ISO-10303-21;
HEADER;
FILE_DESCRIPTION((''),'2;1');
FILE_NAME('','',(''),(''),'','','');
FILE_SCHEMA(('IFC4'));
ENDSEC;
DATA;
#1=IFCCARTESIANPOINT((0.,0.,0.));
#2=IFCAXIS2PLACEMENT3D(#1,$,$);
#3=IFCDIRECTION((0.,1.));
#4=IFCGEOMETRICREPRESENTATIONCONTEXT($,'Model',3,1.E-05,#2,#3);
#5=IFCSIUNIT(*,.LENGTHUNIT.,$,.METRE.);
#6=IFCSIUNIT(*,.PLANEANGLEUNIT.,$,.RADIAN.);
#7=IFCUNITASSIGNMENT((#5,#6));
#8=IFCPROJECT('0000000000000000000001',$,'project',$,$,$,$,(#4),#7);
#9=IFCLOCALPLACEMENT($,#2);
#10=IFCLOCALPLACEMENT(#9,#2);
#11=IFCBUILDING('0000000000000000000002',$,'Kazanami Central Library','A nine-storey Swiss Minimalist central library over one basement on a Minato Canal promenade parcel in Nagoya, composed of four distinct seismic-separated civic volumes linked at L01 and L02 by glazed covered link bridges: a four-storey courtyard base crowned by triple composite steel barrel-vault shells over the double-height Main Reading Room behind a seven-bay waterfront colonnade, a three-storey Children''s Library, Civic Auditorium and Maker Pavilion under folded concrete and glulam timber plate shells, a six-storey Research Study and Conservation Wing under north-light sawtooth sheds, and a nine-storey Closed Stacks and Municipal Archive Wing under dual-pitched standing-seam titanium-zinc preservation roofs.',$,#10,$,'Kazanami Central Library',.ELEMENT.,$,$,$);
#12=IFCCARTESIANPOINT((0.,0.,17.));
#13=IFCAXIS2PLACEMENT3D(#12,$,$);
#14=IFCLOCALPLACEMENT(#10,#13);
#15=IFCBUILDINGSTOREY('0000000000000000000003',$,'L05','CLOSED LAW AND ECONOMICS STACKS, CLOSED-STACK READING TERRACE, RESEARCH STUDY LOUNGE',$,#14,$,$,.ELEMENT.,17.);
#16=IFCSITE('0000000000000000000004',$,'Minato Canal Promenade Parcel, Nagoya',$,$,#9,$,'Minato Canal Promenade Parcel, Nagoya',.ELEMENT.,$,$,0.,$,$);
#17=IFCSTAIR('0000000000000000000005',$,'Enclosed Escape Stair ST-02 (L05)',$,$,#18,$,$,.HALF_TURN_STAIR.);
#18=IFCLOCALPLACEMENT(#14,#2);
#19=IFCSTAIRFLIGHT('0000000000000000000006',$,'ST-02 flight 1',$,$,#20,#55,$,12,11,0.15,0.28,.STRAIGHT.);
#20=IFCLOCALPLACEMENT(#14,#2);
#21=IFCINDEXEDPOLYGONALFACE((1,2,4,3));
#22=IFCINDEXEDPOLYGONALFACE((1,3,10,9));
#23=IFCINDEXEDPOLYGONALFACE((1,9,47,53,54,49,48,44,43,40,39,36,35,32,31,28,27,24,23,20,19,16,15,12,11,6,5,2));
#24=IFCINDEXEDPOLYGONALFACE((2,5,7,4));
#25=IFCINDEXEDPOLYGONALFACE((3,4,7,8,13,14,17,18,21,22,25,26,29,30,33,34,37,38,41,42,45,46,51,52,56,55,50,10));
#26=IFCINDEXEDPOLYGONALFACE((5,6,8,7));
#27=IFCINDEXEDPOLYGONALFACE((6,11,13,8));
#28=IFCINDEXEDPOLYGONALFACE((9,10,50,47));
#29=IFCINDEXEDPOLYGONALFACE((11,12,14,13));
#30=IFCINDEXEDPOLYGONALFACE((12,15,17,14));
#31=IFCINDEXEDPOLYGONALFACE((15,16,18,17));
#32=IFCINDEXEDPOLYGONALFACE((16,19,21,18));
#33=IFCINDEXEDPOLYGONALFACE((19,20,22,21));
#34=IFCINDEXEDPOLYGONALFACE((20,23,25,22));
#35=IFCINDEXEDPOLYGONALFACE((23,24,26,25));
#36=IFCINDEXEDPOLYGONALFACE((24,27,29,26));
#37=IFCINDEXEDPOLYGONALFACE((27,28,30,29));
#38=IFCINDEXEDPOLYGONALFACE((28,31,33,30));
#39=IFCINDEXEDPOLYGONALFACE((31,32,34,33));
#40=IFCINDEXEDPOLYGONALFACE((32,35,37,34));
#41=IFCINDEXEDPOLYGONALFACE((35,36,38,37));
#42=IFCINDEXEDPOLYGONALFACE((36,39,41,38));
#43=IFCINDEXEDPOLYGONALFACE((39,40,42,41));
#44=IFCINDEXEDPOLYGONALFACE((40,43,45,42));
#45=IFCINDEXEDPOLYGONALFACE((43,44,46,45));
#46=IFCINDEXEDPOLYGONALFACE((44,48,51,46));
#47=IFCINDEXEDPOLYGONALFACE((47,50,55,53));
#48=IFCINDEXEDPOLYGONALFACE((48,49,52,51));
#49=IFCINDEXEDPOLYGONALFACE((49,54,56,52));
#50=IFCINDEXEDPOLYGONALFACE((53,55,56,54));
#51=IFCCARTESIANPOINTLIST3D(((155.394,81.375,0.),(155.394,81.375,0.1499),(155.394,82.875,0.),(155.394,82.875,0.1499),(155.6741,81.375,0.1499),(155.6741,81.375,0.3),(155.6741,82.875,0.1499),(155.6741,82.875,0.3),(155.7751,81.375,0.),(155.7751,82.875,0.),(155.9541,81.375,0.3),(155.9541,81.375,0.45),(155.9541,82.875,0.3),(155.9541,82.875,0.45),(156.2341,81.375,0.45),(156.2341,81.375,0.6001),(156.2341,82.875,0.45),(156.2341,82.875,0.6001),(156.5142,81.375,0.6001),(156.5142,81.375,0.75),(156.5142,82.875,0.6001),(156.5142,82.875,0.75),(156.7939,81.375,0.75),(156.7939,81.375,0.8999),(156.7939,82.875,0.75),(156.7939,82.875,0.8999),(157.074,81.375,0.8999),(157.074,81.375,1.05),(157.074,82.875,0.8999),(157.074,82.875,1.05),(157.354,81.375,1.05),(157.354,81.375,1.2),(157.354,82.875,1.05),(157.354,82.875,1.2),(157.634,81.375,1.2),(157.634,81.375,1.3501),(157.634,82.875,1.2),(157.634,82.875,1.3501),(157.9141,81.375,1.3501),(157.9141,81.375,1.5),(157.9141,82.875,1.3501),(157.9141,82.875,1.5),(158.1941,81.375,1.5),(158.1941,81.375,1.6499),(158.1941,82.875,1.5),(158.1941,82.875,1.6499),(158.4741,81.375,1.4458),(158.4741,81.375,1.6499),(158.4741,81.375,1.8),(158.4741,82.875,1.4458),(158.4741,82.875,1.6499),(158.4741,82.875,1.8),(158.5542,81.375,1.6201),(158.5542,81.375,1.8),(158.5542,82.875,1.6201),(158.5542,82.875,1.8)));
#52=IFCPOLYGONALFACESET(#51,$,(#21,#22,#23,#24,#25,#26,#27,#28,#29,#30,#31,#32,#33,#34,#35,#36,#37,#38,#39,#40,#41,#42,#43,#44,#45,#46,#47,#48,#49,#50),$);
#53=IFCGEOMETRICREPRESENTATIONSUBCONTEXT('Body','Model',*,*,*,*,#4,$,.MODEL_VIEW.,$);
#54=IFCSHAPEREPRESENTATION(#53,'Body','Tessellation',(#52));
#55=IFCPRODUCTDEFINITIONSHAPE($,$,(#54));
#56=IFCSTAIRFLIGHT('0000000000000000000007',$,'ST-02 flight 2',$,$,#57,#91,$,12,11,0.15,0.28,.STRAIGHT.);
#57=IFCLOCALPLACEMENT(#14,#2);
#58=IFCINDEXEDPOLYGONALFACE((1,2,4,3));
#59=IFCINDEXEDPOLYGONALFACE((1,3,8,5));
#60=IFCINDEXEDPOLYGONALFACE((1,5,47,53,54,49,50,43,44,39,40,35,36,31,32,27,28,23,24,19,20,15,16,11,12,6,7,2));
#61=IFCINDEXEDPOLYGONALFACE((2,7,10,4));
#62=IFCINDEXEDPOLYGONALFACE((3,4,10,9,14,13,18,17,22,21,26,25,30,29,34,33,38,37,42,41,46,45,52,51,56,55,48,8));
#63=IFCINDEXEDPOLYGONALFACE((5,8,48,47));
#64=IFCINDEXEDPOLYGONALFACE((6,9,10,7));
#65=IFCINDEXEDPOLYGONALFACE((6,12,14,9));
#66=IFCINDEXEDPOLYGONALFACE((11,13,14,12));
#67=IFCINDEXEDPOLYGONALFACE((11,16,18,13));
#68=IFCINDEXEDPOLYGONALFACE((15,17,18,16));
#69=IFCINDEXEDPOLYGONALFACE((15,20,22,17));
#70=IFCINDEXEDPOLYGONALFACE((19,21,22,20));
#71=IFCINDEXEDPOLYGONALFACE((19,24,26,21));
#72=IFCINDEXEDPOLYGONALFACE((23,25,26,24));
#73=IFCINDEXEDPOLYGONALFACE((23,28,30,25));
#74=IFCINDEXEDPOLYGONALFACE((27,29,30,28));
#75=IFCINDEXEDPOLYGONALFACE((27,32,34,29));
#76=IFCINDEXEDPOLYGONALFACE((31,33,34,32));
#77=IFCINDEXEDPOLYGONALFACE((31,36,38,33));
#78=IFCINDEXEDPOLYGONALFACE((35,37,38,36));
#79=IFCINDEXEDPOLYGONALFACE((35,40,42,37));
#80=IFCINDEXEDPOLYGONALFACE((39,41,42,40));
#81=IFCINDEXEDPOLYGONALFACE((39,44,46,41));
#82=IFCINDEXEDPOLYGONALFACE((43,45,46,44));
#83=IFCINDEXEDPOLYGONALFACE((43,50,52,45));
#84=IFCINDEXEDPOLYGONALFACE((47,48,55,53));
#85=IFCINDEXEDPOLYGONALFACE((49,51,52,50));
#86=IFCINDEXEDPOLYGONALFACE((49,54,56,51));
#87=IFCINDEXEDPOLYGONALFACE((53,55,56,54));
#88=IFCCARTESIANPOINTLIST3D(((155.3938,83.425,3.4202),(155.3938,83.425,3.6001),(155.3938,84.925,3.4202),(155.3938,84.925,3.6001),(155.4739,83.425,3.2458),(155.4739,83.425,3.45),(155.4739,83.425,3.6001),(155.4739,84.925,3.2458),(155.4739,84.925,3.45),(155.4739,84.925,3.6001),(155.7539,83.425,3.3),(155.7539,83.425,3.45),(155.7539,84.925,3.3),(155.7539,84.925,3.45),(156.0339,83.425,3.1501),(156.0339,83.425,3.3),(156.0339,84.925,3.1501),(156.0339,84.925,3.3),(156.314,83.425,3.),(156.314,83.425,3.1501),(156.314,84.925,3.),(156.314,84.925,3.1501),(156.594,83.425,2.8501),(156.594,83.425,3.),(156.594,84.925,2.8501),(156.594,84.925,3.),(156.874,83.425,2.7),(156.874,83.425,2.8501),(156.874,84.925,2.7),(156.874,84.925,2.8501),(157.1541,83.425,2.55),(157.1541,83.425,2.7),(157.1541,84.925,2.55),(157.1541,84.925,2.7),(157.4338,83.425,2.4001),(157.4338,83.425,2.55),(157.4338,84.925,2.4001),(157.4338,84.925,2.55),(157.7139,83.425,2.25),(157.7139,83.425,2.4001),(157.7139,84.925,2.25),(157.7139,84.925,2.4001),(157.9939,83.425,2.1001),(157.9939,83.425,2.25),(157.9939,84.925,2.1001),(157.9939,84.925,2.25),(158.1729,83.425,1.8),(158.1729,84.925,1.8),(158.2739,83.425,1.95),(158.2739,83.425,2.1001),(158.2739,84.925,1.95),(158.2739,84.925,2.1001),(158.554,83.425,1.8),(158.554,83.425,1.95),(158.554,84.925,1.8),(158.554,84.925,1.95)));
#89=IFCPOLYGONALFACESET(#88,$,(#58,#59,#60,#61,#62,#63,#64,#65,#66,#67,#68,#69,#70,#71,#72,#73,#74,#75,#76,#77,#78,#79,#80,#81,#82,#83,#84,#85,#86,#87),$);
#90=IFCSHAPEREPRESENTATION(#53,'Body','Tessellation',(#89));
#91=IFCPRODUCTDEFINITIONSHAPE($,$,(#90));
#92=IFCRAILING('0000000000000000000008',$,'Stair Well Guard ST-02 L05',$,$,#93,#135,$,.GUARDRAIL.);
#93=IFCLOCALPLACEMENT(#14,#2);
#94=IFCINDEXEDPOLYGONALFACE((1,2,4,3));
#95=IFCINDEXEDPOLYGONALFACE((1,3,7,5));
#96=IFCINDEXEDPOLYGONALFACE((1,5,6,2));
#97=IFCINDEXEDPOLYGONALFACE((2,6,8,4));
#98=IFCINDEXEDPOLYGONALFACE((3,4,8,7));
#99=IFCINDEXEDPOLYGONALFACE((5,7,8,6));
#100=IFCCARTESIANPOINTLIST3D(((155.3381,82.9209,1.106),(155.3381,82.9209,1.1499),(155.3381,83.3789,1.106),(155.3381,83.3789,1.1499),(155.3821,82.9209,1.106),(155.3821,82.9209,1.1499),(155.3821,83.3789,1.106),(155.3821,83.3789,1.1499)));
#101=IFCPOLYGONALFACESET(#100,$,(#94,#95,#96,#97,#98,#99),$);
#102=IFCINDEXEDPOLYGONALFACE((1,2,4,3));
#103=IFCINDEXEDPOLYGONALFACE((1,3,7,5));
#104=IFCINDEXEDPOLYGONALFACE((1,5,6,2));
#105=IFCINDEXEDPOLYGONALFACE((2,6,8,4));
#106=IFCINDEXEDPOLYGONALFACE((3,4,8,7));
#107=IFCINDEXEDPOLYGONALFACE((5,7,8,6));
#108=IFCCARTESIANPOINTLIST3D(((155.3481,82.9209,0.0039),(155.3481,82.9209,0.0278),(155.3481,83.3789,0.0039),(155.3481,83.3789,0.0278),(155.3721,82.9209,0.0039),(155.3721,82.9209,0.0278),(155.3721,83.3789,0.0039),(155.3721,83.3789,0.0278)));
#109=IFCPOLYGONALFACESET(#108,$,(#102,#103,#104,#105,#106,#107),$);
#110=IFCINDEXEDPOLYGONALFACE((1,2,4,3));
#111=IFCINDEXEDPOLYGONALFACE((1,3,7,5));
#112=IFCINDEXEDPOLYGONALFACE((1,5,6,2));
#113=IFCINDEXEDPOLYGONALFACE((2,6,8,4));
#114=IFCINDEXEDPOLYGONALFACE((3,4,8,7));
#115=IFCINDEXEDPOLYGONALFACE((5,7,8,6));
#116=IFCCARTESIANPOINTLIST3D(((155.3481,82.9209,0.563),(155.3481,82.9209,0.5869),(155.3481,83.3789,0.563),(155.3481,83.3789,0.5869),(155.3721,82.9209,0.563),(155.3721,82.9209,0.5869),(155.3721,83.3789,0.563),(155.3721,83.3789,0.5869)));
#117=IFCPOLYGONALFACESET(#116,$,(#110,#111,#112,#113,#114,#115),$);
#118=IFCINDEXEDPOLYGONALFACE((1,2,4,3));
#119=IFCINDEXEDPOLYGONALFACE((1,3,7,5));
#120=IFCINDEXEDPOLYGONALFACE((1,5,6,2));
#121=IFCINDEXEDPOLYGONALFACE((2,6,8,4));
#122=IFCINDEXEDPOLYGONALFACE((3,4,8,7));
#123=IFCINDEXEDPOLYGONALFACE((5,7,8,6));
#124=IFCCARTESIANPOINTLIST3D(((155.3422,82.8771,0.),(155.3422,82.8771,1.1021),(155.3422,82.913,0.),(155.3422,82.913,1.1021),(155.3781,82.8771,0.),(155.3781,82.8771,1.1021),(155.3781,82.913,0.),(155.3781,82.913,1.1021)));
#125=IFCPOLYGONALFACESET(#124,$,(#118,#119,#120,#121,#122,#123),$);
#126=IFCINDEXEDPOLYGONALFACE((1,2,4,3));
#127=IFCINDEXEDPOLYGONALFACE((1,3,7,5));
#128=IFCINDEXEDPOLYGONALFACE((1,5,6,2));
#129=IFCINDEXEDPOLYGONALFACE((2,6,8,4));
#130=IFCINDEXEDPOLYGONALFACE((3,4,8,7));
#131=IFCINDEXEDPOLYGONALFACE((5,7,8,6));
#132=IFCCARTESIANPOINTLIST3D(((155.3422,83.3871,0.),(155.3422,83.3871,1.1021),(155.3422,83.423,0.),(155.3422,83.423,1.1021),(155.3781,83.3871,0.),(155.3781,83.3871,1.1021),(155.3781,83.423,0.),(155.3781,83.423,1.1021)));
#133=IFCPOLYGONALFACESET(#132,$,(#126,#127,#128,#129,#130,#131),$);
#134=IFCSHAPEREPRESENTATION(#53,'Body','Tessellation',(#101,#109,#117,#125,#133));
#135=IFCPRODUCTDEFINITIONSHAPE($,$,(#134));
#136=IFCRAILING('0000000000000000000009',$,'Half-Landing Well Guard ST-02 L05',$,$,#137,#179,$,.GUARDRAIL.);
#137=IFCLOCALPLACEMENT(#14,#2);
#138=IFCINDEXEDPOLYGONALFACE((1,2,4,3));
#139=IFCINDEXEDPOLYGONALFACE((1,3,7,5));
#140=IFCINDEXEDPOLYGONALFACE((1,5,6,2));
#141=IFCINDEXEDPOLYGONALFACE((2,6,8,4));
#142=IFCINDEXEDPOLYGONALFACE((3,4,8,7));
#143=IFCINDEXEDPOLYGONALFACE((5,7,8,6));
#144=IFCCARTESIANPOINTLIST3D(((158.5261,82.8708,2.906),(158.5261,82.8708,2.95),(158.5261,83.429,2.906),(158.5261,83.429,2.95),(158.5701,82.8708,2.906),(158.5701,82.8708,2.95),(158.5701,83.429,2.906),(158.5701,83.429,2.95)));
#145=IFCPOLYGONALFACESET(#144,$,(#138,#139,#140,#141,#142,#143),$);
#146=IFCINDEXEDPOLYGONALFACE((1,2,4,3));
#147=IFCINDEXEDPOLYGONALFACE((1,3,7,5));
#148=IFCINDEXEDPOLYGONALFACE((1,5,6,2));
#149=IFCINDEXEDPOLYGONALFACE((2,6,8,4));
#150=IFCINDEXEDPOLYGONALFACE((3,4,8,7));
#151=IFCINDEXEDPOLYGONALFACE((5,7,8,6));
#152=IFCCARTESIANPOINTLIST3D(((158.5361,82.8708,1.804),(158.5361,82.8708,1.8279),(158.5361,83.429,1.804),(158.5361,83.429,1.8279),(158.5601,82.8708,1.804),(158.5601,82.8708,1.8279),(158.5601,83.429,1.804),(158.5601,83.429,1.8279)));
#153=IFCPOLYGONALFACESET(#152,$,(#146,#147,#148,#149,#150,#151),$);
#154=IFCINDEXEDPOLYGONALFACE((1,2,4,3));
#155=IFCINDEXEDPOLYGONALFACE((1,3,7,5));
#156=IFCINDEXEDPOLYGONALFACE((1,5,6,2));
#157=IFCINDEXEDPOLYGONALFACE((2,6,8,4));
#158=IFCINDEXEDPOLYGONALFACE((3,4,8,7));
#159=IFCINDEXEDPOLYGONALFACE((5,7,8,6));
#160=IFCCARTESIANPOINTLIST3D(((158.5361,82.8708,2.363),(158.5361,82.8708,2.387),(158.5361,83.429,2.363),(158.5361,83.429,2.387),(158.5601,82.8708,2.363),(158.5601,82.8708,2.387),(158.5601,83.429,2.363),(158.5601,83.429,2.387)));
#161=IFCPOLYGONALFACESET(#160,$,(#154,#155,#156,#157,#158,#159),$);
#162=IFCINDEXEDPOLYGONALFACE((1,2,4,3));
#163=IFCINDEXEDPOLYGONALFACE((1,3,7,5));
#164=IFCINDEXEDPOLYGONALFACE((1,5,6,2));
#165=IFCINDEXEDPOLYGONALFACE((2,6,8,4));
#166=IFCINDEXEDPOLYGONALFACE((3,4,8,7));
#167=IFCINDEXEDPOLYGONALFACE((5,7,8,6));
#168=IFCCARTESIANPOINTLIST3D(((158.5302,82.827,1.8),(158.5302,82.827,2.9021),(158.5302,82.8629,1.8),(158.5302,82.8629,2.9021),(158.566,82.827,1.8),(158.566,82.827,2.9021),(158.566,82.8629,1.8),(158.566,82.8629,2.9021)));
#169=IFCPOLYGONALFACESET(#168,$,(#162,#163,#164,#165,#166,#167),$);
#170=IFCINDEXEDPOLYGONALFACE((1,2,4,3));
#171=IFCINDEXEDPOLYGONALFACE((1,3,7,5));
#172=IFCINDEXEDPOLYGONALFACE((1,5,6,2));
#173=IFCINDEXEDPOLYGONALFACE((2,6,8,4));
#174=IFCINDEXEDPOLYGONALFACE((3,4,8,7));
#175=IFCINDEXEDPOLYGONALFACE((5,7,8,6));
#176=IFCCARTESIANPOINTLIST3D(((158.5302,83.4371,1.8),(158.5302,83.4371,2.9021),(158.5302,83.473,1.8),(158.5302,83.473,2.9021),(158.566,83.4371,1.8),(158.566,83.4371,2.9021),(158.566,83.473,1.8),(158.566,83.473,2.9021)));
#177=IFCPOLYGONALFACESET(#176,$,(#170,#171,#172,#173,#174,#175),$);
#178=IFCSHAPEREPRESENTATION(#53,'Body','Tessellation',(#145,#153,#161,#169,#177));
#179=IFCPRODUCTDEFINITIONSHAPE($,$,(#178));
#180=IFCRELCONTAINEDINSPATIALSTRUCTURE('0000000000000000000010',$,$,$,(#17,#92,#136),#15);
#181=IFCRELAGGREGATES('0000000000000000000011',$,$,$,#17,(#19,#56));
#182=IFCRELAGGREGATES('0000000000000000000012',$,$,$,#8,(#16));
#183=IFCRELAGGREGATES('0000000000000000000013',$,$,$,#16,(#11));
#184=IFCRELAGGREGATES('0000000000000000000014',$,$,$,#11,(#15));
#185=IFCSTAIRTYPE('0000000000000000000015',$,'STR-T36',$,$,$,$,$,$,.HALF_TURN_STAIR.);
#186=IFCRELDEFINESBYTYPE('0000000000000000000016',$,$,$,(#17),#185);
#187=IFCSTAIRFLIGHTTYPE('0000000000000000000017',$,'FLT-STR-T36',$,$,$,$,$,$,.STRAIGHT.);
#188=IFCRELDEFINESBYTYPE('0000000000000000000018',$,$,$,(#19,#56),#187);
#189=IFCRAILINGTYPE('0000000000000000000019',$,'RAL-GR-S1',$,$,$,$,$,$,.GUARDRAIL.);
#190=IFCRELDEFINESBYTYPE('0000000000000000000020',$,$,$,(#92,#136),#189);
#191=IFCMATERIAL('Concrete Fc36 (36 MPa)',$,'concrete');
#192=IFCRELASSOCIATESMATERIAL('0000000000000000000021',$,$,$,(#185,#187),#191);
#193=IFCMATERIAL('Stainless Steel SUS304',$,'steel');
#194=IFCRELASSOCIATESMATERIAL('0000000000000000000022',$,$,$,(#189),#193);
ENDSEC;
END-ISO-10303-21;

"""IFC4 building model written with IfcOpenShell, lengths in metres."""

from ifc_helpers import new_model, si_unit, direction, frame, origin, origin_2d, place, context, subcontext, project, spatial, polyline, rectangle, outline, extrude, material, type_object, element, aggregate, save


model = new_model("IFC4")

# Units and contexts
model_context = context("Model", 3, precision=1e-05, world=origin(), true_north=direction((0.0, 1.0)))
body_context = subcontext(model_context, "Body", "Model", "MODEL_VIEW")
ifc_project = project(units=[si_unit("LENGTHUNIT", "METRE"), si_unit("PLANEANGLEUNIT", "RADIAN")], contexts=[model_context])

# Site, building, storey
site_placement = place(None, origin())
site = spatial("IfcSite", under=ifc_project, at=site_placement, Name="Minato Canal Promenade Parcel, Nagoya", LongName="Minato Canal Promenade Parcel, Nagoya", CompositionType="ELEMENT", RefElevation=0.0)
building_placement = place(site_placement, origin())
building = spatial("IfcBuilding", under=site, at=building_placement, Name="Kazanami Central Library", Description="A nine-storey Swiss Minimalist central library over one basement on a Minato Canal promenade parcel in Nagoya, composed of four distinct seismic-separated civic volumes linked at L01 and L02 by glazed covered link bridges: a four-storey courtyard base crowned by triple composite steel barrel-vault shells over the double-height Main Reading Room behind a seven-bay waterfront colonnade, a three-storey Children's Library, Civic Auditorium and Maker Pavilion under folded concrete and glulam timber plate shells, a six-storey Research Study and Conservation Wing under north-light sawtooth sheds, and a nine-storey Closed Stacks and Municipal Archive Wing under dual-pitched standing-seam titanium-zinc preservation roofs.", LongName="Kazanami Central Library", CompositionType="ELEMENT")
storey_placement = place(building_placement, frame((0.0, 0.0, 17.0)))
storey = spatial("IfcBuildingStorey", under=building, at=storey_placement, Name="L05", Description="CLOSED LAW AND ECONOMICS STACKS, CLOSED-STACK READING TERRACE, RESEARCH STUDY LOUNGE", CompositionType="ELEMENT", Elevation=17.0)

# Shared definitions
ifc_material_1 = material(Name="Concrete Fc36 (36 MPa)", Category="concrete")

# Stair, stair flights
stair_type = type_object("IfcStairType", Name="STR-T36", PredefinedType="HALF_TURN_STAIR", material=ifc_material_1)
stair_placement = place(storey_placement, origin())
stair = element("IfcStair", 1, at=stair_placement, inside=storey, type_object=stair_type, Name="Enclosed Escape Stair ST-02 (L05)", PredefinedType="HALF_TURN_STAIR")
stair_flight_type = type_object("IfcStairFlightType", Name="FLT-STR-T36", PredefinedType="STRAIGHT", material=ifc_material_1)
stair_flight_1_placement = place(storey_placement, frame((155.394, 82.125, 0.0), z_axis=(0.0, 0.0, 1.0), x_axis=(1.0, 0.0, 0.0)))
stair_flight_1 = element("IfcStairFlight", 2, at=stair_flight_1_placement, type_object=stair_flight_type, Name="ST-02 flight 1", NumberOfRisers=12, NumberOfTreads=11, PredefinedType="STRAIGHT", RiserHeight=0.15, TreadLength=0.28, context=body_context, shape_type="SweptSolid", body=[
    extrude(outline(polyline([(0.0, 0.0), (0.0, 0.1499), (0.28, 0.1499), (0.28, 0.3), (0.5601, 0.3), (0.5601, 0.45), (0.8401, 0.45), (0.8401, 0.6001), (1.1201, 0.6001), (1.1201, 0.75), (1.3999, 0.75), (1.3999, 0.8999), (1.6799, 0.8999), (1.6799, 1.05), (1.96, 1.05), (1.96, 1.2), (2.24, 1.2), (2.24, 1.3501), (2.52, 1.3501), (2.52, 1.5), (2.8, 1.5), (2.8, 1.6499), (3.0801, 1.6499), (3.0801, 1.8), (3.1602, 1.8), (3.1602, 1.6201), (3.0801, 1.4458), (0.3811, 0.0), (0.0, 0.0)])), frame((0.0, 0.75, 0.0), z_axis=(0.0, -1.0, 0.0), x_axis=(1.0, 0.0, 0.0)), (0.0, 0.0, 1.0), 1.5),
])
stair_flight_2_placement = place(storey_placement, frame((158.554, 84.175, 1.8), z_axis=(0.0, 0.0, 1.0), x_axis=(-1.0, 0.0, 0.0)))
stair_flight_2 = element("IfcStairFlight", 3, at=stair_flight_2_placement, type_object=stair_flight_type, Name="ST-02 flight 2", NumberOfRisers=12, NumberOfTreads=11, PredefinedType="STRAIGHT", RiserHeight=0.15, TreadLength=0.28, context=body_context, shape_type="SweptSolid", body=[
    extrude(outline(polyline([(0.0, 0.0), (0.0, 0.1499), (0.28, 0.1499), (0.28, 0.3), (0.5601, 0.3), (0.5601, 0.45), (0.8401, 0.45), (0.8401, 0.6001), (1.1201, 0.6001), (1.1201, 0.75), (1.3999, 0.75), (1.3999, 0.8999), (1.6799, 0.8999), (1.6799, 1.05), (1.96, 1.05), (1.96, 1.2), (2.24, 1.2), (2.24, 1.3501), (2.52, 1.3501), (2.52, 1.5), (2.8, 1.5), (2.8, 1.6499), (3.0801, 1.6499), (3.0801, 1.8), (3.1602, 1.8), (3.1602, 1.6201), (3.0801, 1.4458), (0.3811, 0.0), (0.0, 0.0)])), frame((0.0, 0.75, 0.0), z_axis=(0.0, -1.0, 0.0), x_axis=(1.0, 0.0, 0.0)), (0.0, 0.0, 1.0), 1.5),
])
aggregate(stair, [stair_flight_1, stair_flight_2])

# Railings
ifc_material_2 = material(Name="Stainless Steel SUS304", Category="steel")
railing_type_1 = type_object("IfcRailingType", Name="RAL-GR-S1", PredefinedType="GUARDRAIL", material=ifc_material_2)
railing_1_placement = place(storey_placement, frame((155.3601, 82.895, 0.0)))
element("IfcRailing", 4, at=railing_1_placement, inside=storey, type_object=railing_type_1, Name="Stair Well Guard ST-02 L05", PredefinedType="GUARDRAIL", context=body_context, shape_type="SweptSolid", body=[
    extrude(rectangle(XDim=0.0439, YDim=0.0439, at=origin_2d()), frame((0.0, 0.0259, 1.1279), z_axis=(0.0, 1.0, 0.0), x_axis=(-1.0, 0.0, 0.0)), (0.0, 0.0, 1.0), 0.458),
    extrude(rectangle(XDim=0.0239, YDim=0.0239, at=origin_2d()), frame((0.0, 0.0259, 0.0159), z_axis=(0.0, 1.0, 0.0), x_axis=(-1.0, 0.0, 0.0)), (0.0, 0.0, 1.0), 0.458),
    extrude(rectangle(XDim=0.0239, YDim=0.0239, at=origin_2d()), frame((0.0, 0.0259, 0.575), z_axis=(0.0, 1.0, 0.0), x_axis=(-1.0, 0.0, 0.0)), (0.0, 0.0, 1.0), 0.458),
    extrude(rectangle(XDim=0.0359, YDim=0.0359, at=origin_2d()), origin(), (0.0, 0.0, 1.0), 1.1021),
    extrude(rectangle(XDim=0.0359, YDim=0.0359, at=origin_2d()), frame((0.0, 0.51, 0.0)), (0.0, 0.0, 1.0), 1.1021),
])
railing_2_placement = place(storey_placement, frame((158.5481, 82.845, 1.8)))
element("IfcRailing", 5, at=railing_2_placement, inside=storey, type_object=railing_type_1, Name="Half-Landing Well Guard ST-02 L05", PredefinedType="GUARDRAIL", context=body_context, shape_type="SweptSolid", body=[
    extrude(rectangle(XDim=0.0439, YDim=0.0439, at=origin_2d()), frame((0.0, 0.0259, 1.1279), z_axis=(0.0, 1.0, 0.0), x_axis=(-1.0, 0.0, 0.0)), (0.0, 0.0, 1.0), 0.5581),
    extrude(rectangle(XDim=0.0239, YDim=0.0239, at=origin_2d()), frame((0.0, 0.0259, 0.0159), z_axis=(0.0, 1.0, 0.0), x_axis=(-1.0, 0.0, 0.0)), (0.0, 0.0, 1.0), 0.5581),
    extrude(rectangle(XDim=0.0239, YDim=0.0239, at=origin_2d()), frame((0.0, 0.0259, 0.575), z_axis=(0.0, 1.0, 0.0), x_axis=(-1.0, 0.0, 0.0)), (0.0, 0.0, 1.0), 0.5581),
    extrude(rectangle(XDim=0.0359, YDim=0.0359, at=origin_2d()), origin(), (0.0, 0.0, 1.0), 1.1021),
    extrude(rectangle(XDim=0.0359, YDim=0.0359, at=origin_2d()), frame((0.0, 0.6101, 0.0)), (0.0, 0.0, 1.0), 1.1021),
])

save(model, "model.ifc")
